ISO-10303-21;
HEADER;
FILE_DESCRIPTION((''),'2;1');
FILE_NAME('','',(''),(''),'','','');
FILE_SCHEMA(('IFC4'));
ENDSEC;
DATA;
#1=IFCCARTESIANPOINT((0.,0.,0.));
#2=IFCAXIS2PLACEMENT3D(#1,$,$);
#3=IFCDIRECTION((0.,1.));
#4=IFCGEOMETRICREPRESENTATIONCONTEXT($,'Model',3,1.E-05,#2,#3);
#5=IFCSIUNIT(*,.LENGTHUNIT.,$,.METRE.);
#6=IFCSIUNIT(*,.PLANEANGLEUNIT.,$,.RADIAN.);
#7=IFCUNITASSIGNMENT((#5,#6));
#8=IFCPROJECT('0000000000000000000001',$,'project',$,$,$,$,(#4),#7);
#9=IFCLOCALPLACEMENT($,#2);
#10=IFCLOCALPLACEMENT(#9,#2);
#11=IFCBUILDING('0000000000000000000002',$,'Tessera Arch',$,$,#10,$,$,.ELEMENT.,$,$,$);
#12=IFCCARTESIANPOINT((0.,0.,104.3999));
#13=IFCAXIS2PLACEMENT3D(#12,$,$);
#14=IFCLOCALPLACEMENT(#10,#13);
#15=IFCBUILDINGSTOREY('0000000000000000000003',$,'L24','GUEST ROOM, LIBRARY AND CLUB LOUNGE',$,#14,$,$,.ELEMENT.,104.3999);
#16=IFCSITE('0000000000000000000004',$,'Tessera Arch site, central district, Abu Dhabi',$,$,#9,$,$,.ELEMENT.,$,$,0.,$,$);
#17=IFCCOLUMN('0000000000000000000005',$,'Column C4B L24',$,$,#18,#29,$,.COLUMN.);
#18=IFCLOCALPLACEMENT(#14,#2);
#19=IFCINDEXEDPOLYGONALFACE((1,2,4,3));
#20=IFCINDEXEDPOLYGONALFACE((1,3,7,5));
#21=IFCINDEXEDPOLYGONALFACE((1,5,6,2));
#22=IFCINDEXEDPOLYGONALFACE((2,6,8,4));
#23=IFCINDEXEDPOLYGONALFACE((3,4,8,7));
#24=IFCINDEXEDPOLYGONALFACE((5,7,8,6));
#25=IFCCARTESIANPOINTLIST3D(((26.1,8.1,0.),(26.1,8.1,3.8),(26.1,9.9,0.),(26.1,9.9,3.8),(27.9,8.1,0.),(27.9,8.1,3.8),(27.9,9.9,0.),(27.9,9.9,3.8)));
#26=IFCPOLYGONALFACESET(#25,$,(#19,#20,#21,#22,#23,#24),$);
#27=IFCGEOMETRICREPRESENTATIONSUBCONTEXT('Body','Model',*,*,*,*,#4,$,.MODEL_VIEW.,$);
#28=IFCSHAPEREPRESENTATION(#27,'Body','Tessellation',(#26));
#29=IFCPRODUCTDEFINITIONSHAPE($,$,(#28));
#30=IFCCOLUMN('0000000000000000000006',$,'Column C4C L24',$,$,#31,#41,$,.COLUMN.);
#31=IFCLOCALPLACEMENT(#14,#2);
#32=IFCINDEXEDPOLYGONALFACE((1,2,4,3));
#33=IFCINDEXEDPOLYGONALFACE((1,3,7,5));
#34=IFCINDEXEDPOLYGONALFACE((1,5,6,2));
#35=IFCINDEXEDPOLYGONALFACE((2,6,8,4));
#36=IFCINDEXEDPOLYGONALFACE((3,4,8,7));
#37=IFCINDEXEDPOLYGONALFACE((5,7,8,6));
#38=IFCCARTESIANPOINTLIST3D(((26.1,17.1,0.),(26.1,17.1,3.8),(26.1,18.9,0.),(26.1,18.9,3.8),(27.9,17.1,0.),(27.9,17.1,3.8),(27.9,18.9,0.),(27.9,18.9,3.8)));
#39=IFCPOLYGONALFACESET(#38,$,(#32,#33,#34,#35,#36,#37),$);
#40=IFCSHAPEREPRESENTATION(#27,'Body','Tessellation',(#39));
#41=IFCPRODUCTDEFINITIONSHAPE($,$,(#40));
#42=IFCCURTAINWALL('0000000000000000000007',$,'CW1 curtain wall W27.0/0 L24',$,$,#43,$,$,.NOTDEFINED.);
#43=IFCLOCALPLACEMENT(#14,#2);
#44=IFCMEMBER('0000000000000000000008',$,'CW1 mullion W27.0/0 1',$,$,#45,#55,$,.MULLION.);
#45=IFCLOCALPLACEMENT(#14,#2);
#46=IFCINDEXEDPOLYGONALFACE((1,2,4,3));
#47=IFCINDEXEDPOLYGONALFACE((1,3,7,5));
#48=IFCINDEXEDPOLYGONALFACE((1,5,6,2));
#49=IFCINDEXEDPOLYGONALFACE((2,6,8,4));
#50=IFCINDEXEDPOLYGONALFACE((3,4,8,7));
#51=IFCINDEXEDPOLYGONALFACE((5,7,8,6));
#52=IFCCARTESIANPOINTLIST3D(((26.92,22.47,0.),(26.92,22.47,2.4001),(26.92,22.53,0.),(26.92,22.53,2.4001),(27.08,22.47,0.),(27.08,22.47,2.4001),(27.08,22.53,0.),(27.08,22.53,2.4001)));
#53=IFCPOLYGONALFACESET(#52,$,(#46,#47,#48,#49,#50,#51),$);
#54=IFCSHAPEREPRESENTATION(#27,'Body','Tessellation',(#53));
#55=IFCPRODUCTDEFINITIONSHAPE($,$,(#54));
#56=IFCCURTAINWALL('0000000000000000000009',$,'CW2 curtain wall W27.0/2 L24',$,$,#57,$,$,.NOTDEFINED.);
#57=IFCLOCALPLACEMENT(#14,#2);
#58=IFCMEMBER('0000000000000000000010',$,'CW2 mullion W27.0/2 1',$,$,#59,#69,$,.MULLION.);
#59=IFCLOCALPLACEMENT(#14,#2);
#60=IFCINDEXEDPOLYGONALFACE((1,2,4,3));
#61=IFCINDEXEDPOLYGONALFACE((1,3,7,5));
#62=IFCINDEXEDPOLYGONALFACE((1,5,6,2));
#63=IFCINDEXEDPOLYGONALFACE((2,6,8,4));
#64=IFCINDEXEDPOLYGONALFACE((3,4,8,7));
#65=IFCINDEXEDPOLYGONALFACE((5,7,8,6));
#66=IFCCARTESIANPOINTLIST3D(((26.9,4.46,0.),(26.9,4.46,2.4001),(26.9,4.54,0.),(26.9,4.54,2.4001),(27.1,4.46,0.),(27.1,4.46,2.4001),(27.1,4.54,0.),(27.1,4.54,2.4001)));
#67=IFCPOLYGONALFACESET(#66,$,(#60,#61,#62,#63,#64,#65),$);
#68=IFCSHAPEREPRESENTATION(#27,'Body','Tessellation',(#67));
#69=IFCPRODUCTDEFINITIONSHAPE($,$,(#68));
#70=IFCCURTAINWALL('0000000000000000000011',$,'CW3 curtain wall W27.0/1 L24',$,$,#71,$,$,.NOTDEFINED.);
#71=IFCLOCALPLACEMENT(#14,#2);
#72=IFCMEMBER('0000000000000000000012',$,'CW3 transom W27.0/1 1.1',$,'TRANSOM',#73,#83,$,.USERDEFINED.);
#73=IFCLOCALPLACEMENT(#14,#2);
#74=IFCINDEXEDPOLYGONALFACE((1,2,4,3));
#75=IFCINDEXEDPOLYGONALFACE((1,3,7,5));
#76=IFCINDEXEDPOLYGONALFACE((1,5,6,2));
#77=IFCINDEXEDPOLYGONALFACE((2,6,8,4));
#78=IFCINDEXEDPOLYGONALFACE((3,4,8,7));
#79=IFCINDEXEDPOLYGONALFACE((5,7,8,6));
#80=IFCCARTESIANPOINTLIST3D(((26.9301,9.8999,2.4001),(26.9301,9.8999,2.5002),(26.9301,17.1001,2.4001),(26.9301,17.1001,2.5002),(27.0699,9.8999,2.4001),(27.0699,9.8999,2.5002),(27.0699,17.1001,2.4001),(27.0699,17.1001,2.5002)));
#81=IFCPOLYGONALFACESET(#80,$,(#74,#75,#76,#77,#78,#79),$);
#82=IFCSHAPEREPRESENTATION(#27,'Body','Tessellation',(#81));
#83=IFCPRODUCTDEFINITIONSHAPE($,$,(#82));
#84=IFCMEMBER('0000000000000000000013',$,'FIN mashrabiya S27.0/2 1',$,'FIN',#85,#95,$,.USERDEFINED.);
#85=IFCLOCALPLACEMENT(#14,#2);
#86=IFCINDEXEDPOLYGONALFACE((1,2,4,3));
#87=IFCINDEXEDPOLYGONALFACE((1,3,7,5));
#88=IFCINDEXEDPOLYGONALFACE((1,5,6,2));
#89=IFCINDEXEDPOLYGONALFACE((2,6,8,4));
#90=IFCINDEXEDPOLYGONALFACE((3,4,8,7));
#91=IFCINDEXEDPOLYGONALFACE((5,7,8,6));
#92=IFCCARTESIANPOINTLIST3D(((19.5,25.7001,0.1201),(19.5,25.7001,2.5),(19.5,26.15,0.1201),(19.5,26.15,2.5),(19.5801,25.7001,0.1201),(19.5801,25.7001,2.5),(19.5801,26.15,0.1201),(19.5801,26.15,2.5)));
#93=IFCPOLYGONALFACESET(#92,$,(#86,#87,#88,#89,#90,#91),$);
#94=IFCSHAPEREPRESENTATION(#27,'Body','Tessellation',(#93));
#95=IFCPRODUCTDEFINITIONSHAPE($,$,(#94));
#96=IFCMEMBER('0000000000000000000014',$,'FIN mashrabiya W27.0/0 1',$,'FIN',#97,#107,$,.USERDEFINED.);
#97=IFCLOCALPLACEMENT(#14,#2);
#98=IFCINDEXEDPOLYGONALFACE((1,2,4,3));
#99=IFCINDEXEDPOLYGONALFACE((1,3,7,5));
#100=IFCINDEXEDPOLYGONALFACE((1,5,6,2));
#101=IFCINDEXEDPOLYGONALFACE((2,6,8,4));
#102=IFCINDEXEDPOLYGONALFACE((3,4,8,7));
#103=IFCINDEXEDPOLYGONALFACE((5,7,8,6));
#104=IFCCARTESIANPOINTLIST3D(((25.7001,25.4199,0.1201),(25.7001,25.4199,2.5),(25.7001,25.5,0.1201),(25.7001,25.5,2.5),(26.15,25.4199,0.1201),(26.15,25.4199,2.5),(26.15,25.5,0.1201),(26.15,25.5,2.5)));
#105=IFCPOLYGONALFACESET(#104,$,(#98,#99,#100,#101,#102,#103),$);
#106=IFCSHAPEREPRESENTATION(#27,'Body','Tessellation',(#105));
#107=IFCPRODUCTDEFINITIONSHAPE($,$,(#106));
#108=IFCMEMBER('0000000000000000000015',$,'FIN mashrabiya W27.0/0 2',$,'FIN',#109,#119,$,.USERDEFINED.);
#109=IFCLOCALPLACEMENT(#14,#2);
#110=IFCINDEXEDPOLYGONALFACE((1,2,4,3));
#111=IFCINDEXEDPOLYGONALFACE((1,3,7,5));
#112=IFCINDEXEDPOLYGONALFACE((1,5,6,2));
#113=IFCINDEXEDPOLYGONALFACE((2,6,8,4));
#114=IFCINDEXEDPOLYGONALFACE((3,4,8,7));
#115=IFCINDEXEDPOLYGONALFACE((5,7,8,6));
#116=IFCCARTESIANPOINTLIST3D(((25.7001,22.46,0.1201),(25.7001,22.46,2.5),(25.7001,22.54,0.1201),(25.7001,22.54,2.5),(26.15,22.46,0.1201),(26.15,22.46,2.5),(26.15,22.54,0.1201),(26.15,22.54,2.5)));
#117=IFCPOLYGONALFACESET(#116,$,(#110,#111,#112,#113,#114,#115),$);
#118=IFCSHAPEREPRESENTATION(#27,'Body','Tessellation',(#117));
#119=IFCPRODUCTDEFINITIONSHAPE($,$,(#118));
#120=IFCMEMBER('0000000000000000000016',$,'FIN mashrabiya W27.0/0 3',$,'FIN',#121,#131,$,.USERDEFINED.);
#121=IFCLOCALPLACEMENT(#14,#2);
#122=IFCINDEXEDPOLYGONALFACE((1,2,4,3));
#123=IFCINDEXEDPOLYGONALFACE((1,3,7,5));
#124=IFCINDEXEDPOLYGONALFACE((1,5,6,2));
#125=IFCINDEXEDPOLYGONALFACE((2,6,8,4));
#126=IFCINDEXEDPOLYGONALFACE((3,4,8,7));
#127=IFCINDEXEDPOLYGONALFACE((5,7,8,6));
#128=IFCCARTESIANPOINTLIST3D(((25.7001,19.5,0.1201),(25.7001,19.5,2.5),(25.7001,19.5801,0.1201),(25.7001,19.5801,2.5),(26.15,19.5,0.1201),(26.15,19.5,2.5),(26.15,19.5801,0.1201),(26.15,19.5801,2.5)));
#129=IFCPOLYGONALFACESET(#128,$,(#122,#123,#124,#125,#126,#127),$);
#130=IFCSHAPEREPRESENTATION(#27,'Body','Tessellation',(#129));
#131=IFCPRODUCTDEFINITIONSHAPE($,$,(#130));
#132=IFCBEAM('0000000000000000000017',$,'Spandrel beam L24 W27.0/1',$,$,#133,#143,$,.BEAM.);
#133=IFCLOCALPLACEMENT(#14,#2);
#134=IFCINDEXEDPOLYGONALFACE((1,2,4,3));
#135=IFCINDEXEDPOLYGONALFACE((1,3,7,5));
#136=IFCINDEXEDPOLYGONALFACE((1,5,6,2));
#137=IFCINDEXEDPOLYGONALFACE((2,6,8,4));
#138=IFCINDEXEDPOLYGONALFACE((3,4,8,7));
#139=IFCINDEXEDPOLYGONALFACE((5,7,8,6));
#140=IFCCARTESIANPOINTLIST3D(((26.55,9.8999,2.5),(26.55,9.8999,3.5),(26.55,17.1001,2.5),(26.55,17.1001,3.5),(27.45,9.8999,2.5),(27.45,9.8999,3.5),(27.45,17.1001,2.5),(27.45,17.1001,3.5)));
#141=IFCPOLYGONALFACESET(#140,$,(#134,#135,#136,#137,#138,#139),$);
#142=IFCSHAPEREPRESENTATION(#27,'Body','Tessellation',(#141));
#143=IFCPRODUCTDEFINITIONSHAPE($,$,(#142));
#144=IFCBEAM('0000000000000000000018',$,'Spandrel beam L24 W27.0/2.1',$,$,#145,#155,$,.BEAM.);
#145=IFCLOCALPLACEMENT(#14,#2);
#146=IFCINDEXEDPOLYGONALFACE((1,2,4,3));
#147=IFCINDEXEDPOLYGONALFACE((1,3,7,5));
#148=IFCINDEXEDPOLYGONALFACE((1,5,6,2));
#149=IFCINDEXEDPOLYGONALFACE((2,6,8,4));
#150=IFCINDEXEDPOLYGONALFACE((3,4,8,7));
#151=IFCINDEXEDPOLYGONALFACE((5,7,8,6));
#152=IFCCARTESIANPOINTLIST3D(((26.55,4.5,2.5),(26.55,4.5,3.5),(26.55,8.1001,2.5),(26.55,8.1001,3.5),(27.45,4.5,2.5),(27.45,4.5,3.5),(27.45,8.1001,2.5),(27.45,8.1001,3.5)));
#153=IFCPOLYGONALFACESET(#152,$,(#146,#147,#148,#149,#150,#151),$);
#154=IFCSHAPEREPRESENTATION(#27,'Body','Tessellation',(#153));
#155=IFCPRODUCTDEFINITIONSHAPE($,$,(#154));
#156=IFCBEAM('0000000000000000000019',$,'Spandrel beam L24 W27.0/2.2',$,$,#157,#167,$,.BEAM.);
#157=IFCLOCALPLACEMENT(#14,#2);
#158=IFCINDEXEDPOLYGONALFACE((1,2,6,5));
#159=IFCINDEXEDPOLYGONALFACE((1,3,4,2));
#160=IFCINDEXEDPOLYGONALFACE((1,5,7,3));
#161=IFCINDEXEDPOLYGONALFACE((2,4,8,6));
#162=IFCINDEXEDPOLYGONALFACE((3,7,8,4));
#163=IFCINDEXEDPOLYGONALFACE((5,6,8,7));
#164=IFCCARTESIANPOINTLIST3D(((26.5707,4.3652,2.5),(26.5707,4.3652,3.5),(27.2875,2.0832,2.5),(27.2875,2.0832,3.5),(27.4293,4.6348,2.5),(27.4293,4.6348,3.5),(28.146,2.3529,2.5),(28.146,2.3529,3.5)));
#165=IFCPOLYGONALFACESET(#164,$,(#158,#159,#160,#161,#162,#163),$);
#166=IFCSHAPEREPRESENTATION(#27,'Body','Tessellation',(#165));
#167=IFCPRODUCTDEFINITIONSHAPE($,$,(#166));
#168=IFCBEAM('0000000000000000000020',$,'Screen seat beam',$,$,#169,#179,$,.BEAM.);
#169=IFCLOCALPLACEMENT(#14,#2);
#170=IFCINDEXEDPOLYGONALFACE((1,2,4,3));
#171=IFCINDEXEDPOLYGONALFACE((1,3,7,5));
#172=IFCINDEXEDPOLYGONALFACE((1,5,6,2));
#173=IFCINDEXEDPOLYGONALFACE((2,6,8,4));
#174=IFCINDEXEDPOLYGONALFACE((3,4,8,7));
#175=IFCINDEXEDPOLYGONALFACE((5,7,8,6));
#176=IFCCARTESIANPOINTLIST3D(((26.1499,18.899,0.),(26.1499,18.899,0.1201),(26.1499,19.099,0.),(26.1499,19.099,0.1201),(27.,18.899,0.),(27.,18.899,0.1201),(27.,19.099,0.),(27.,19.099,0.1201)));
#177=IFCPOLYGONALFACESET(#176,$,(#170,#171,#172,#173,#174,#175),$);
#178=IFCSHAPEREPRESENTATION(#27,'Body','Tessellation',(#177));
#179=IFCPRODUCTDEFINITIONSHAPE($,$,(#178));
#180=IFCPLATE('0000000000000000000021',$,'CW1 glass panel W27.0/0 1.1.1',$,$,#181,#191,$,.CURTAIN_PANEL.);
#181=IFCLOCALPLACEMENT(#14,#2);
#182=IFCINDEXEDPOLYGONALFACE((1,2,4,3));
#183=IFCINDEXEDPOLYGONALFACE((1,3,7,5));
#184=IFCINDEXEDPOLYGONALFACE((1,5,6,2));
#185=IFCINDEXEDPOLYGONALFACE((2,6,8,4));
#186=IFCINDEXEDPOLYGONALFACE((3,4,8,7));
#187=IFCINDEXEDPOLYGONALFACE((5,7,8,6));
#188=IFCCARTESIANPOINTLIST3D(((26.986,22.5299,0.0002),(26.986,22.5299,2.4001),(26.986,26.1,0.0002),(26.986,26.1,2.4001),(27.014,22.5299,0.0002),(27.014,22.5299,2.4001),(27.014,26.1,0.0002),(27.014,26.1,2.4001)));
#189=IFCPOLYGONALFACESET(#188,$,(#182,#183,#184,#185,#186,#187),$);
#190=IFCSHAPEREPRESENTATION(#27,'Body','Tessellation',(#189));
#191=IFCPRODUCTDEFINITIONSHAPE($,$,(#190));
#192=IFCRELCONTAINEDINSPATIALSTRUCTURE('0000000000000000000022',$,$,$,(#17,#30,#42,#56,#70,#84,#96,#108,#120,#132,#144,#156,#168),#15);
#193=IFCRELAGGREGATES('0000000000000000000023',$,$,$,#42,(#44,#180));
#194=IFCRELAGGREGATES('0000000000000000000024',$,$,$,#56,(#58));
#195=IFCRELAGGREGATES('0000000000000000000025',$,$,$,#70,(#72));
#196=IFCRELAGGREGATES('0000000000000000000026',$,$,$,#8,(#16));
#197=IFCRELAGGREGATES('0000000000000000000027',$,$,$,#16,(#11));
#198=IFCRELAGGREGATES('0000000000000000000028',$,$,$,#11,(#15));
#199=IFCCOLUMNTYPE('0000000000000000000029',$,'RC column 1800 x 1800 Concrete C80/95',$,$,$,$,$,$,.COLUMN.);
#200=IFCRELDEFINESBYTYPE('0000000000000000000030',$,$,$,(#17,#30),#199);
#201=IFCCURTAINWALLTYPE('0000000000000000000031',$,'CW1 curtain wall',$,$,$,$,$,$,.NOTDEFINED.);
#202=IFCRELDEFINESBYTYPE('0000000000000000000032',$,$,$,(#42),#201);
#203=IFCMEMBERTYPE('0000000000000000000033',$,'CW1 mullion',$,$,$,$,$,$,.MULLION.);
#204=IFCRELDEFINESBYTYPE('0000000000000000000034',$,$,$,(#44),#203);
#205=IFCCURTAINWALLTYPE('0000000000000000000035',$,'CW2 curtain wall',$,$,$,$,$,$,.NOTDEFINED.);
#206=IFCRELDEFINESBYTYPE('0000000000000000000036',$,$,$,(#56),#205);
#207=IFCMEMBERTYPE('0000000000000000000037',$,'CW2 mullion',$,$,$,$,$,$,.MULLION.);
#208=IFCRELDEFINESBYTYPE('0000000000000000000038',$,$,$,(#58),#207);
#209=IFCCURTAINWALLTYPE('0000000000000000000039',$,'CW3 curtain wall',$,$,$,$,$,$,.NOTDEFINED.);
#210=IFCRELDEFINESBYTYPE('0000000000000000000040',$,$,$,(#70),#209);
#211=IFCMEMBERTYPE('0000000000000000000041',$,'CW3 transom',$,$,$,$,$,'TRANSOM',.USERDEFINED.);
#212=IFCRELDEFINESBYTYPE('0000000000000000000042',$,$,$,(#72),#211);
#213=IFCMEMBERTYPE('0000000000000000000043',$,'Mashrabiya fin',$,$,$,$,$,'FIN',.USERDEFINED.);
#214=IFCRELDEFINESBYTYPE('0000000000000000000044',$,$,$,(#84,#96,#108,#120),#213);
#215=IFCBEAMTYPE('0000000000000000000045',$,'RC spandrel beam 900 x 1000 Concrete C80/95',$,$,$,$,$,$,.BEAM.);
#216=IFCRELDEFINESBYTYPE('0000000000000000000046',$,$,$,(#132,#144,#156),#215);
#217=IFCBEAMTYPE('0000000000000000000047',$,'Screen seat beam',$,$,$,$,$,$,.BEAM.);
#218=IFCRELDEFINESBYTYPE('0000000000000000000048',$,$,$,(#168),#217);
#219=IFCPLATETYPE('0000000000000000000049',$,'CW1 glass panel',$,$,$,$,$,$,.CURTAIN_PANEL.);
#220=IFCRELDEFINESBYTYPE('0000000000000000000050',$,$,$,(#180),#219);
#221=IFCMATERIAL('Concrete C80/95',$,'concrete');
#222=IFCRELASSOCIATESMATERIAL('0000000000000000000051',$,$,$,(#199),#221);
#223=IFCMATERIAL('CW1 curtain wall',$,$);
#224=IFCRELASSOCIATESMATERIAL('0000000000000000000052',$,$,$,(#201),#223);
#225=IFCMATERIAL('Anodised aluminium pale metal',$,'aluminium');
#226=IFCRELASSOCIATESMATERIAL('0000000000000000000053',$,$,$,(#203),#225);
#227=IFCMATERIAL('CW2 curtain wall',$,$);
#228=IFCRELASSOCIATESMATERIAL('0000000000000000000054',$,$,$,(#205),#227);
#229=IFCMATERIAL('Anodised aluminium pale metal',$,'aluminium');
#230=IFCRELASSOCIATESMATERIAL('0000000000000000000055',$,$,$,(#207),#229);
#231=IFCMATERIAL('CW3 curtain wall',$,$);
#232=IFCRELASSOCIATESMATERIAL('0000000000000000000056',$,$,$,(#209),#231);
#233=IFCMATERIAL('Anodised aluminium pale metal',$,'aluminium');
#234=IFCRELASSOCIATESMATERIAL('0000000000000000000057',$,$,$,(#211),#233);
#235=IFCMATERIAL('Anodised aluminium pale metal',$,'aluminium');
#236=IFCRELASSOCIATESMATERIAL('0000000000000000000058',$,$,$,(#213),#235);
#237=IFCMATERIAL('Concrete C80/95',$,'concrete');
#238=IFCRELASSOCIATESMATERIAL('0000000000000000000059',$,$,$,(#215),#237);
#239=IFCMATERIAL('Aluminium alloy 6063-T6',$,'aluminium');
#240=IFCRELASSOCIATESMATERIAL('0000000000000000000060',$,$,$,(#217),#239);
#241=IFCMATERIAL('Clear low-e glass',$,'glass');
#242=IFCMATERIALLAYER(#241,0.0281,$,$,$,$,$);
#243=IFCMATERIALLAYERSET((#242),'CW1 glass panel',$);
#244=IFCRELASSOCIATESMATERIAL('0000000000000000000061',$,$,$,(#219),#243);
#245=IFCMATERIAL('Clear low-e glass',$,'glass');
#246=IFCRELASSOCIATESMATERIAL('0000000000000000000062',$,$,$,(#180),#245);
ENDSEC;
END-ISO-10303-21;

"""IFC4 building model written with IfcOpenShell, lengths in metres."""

from ifc_helpers import new_model, si_unit, direction, frame, origin, origin_2d, place, context, subcontext, project, spatial, rectangle, extrude, material, layer, layer_set, material_profile, profile_set, type_object, element, aggregate, save


model = new_model("IFC4")

# Units and contexts
model_context = context("Model", 3, precision=1e-05, world=origin(), true_north=direction((0.0, 1.0)))
body_context = subcontext(model_context, "Body", "Model", "MODEL_VIEW")
ifc_project = project(units=[si_unit("LENGTHUNIT", "METRE"), si_unit("PLANEANGLEUNIT", "RADIAN")], contexts=[model_context])

# Site, building, storey
site_placement = place(None, origin())
site = spatial("IfcSite", under=ifc_project, at=site_placement, Name="Tessera Arch site, central district, Abu Dhabi", CompositionType="ELEMENT", RefElevation=0.0)
building_placement = place(site_placement, origin())
building = spatial("IfcBuilding", under=site, at=building_placement, Name="Tessera Arch", CompositionType="ELEMENT")
storey_placement = place(building_placement, frame((0.0, 0.0, 104.3999)))
storey = spatial("IfcBuildingStorey", under=building, at=storey_placement, Name="L24", Description="GUEST ROOM, LIBRARY AND CLUB LOUNGE", CompositionType="ELEMENT", Elevation=104.3999)

# Columns
ifc_material_1 = material(Name="Concrete C80/95", Category="concrete")
ifc_material_profile_1 = material_profile(ifc_material_1, rectangle(XDim=1.8, YDim=1.8, at=origin_2d()), Name="RC column 1800 x 1800 Concrete C80/95")
ifc_profile_set_1 = profile_set([ifc_material_profile_1], Name="Concrete C80/95")
column_type = type_object("IfcColumnType", Name="RC column 1800 x 1800 Concrete C80/95", PredefinedType="COLUMN", material=ifc_profile_set_1)
for number, where, z_axis, x_axis, name in (
    (1, (27.0, 9.0, 0.0), (0.0, 0.0, 1.0), (1.0, 0.0, 0.0), "Column C4B L24"),
    (2, (27.0, 18.0, 0.0), (0.0, 0.0, 1.0), (1.0, 0.0, 0.0), "Column C4C L24"),
):
    element("IfcColumn", number, at=place(storey_placement, frame(where, z_axis=z_axis, x_axis=x_axis)), inside=storey, type_object=column_type, Name=name, PredefinedType="COLUMN", context=body_context, shape_type="SweptSolid", body=[
        extrude(rectangle(XDim=1.8, YDim=1.8, at=origin_2d()), origin(), (0.0, 0.0, 1.0), 3.8),
    ])

# Curtain walls, members
ifc_material_2 = material(Name="CW1 curtain wall")
curtain_wall_type_1 = type_object("IfcCurtainWallType", Name="CW1 curtain wall", PredefinedType="NOTDEFINED", material=ifc_material_2)
curtain_wall_1_placement = place(storey_placement, origin())
curtain_wall_1 = element("IfcCurtainWall", 3, at=curtain_wall_1_placement, inside=storey, type_object=curtain_wall_type_1, Name="CW1 curtain wall W27.0/0 L24", PredefinedType="NOTDEFINED")
ifc_material_3 = material(Name="Anodised aluminium pale metal", Category="aluminium")
ifc_material_profile_2 = material_profile(ifc_material_3, rectangle(XDim=0.1599, YDim=0.0601, at=origin_2d()), Name="AL 60x160")
ifc_profile_set_2 = profile_set([ifc_material_profile_2], Name="Anodised aluminium pale metal")
member_type_1 = type_object("IfcMemberType", Name="CW1 mullion", PredefinedType="MULLION", material=ifc_profile_set_2)
member_1_placement = place(storey_placement, frame((27.0, 22.5, 0.0), z_axis=(0.0, 0.0, 1.0), x_axis=(1.0, 0.0, 0.0)))
member_1 = element("IfcMember", 4, at=member_1_placement, type_object=member_type_1, Name="CW1 mullion W27.0/0 1", PredefinedType="MULLION", context=body_context, shape_type="SweptSolid", body=[
    extrude(rectangle(XDim=0.1599, YDim=0.0601, at=origin_2d()), origin(), (0.0, 0.0, 1.0), 2.4001),
])
ifc_material_4 = material(Name="CW2 curtain wall")
curtain_wall_type_2 = type_object("IfcCurtainWallType", Name="CW2 curtain wall", PredefinedType="NOTDEFINED", material=ifc_material_4)
curtain_wall_2_placement = place(storey_placement, origin())
curtain_wall_2 = element("IfcCurtainWall", 5, at=curtain_wall_2_placement, inside=storey, type_object=curtain_wall_type_2, Name="CW2 curtain wall W27.0/2 L24", PredefinedType="NOTDEFINED")
ifc_material_5 = material(Name="Anodised aluminium pale metal", Category="aluminium")
ifc_material_profile_3 = material_profile(ifc_material_5, rectangle(XDim=0.2, YDim=0.0801, at=origin_2d()), Name="AL 80x200")
ifc_profile_set_3 = profile_set([ifc_material_profile_3], Name="Anodised aluminium pale metal")
member_type_2 = type_object("IfcMemberType", Name="CW2 mullion", PredefinedType="MULLION", material=ifc_profile_set_3)
member_2_placement = place(storey_placement, frame((27.0, 4.5, 0.0), z_axis=(0.0, 0.0, 1.0), x_axis=(1.0, 0.0, 0.0)))
member_2 = element("IfcMember", 6, at=member_2_placement, type_object=member_type_2, Name="CW2 mullion W27.0/2 1", PredefinedType="MULLION", context=body_context, shape_type="SweptSolid", body=[
    extrude(rectangle(XDim=0.2, YDim=0.0801, at=origin_2d()), origin(), (0.0, 0.0, 1.0), 2.4001),
])
ifc_material_6 = material(Name="CW3 curtain wall")
curtain_wall_type_3 = type_object("IfcCurtainWallType", Name="CW3 curtain wall", PredefinedType="NOTDEFINED", material=ifc_material_6)
curtain_wall_3_placement = place(storey_placement, origin())
curtain_wall_3 = element("IfcCurtainWall", 7, at=curtain_wall_3_placement, inside=storey, type_object=curtain_wall_type_3, Name="CW3 curtain wall W27.0/1 L24", PredefinedType="NOTDEFINED")
ifc_material_7 = material(Name="Anodised aluminium pale metal", Category="aluminium")
ifc_material_profile_4 = material_profile(ifc_material_7, rectangle(XDim=0.1399, YDim=0.1001, at=origin_2d()), Name="AL 140x100")
ifc_profile_set_4 = profile_set([ifc_material_profile_4], Name="Anodised aluminium pale metal")
member_type_3 = type_object("IfcMemberType", Name="CW3 transom", ElementType="TRANSOM", PredefinedType="USERDEFINED", material=ifc_profile_set_4)
member_3_placement = place(storey_placement, frame((27.0, 17.1001, 2.4502), z_axis=(0.0, -1.0, 0.0), x_axis=(1.0, 0.0, 0.0)))
member_3 = element("IfcMember", 8, at=member_3_placement, type_object=member_type_3, Name="CW3 transom W27.0/1 1.1", ObjectType="TRANSOM", PredefinedType="USERDEFINED", context=body_context, shape_type="SweptSolid", body=[
    extrude(rectangle(XDim=0.1399, YDim=0.1001, at=origin_2d()), origin(), (0.0, 0.0, 1.0), 7.2002),
])

# Members
ifc_material_8 = material(Name="Anodised aluminium pale metal", Category="aluminium")
ifc_material_profile_5 = material_profile(ifc_material_8, rectangle(XDim=0.45, YDim=0.0801, at=origin_2d()), Name="AL 80x450")
ifc_profile_set_5 = profile_set([ifc_material_profile_5], Name="Anodised aluminium pale metal")
member_type_4 = type_object("IfcMemberType", Name="Mashrabiya fin", ElementType="FIN", PredefinedType="USERDEFINED", material=ifc_profile_set_5)
for number, where, z_axis, x_axis, name in (
    (9, (19.54, 25.925, 0.1201), (0.0, 0.0, 1.0), (0.0, -1.0, 0.0), "FIN mashrabiya S27.0/2 1"),
    (10, (25.925, 25.46, 0.1201), (0.0, 0.0, 1.0), (-1.0, 0.0, 0.0), "FIN mashrabiya W27.0/0 1"),
    (11, (25.925, 22.5, 0.1201), (0.0, 0.0, 1.0), (-1.0, 0.0, 0.0), "FIN mashrabiya W27.0/0 2"),
    (12, (25.925, 19.54, 0.1201), (0.0, 0.0, 1.0), (-1.0, 0.0, 0.0), "FIN mashrabiya W27.0/0 3"),
):
    element("IfcMember", number, at=place(storey_placement, frame(where, z_axis=z_axis, x_axis=x_axis)), inside=storey, type_object=member_type_4, Name=name, ObjectType="FIN", PredefinedType="USERDEFINED", context=body_context, shape_type="SweptSolid", body=[
        extrude(rectangle(XDim=0.45, YDim=0.0801, at=origin_2d()), origin(), (0.0, 0.0, 1.0), 2.3799),
    ])

# Beams
ifc_material_9 = material(Name="Concrete C80/95", Category="concrete")
ifc_material_profile_6 = material_profile(ifc_material_9, rectangle(XDim=0.8999, YDim=1.0, at=origin_2d()), Name="RC spandrel beam 900 x 1000 Concrete C80/95")
ifc_profile_set_6 = profile_set([ifc_material_profile_6], Name="Concrete C80/95")
beam_type_1 = type_object("IfcBeamType", Name="RC spandrel beam 900 x 1000 Concrete C80/95", PredefinedType="BEAM", material=ifc_profile_set_6)
beam_1_placement = place(storey_placement, frame((27.0, 17.1001, 3.0), z_axis=(0.0, -1.0, 0.0), x_axis=(1.0, 0.0, 0.0)))
element("IfcBeam", 13, at=beam_1_placement, inside=storey, type_object=beam_type_1, Name="Spandrel beam L24 W27.0/1", PredefinedType="BEAM", context=body_context, shape_type="SweptSolid", body=[
    extrude(rectangle(XDim=0.8999, YDim=1.0, at=origin_2d()), origin(), (0.0, 0.0, 1.0), 7.2002),
])
beam_2_placement = place(storey_placement, frame((27.0, 8.1001, 3.0), z_axis=(0.0, -1.0, 0.0), x_axis=(1.0, 0.0, 0.0)))
element("IfcBeam", 14, at=beam_2_placement, inside=storey, type_object=beam_type_1, Name="Spandrel beam L24 W27.0/2.1", PredefinedType="BEAM", context=body_context, shape_type="SweptSolid", body=[
    extrude(rectangle(XDim=0.8999, YDim=1.0, at=origin_2d()), origin(), (0.0, 0.0, 1.0), 3.6001),
])
beam_3_placement = place(storey_placement, frame((27.0, 4.5, 3.0), z_axis=(0.299675, -0.954041, 0.0), x_axis=(0.954041, 0.299675, 0.0)))
element("IfcBeam", 15, at=beam_3_placement, inside=storey, type_object=beam_type_1, Name="Spandrel beam L24 W27.0/2.2", PredefinedType="BEAM", context=body_context, shape_type="SweptSolid", body=[
    extrude(rectangle(XDim=0.8999, YDim=1.0, at=origin_2d()), origin(), (0.0, 0.0, 1.0), 2.3918),
])
ifc_material_10 = material(Name="Aluminium alloy 6063-T6", Category="aluminium")
ifc_material_profile_7 = material_profile(ifc_material_10, rectangle(XDim=0.2, YDim=0.1201, at=origin_2d()), Name="AL 200x120")
ifc_profile_set_7 = profile_set([ifc_material_profile_7], Name="Aluminium alloy 6063-T6")
beam_type_2 = type_object("IfcBeamType", Name="Screen seat beam", PredefinedType="BEAM", material=ifc_profile_set_7)
beam_4_placement = place(storey_placement, frame((27.0, 18.999, 0.0601), z_axis=(-1.0, 0.0, 0.0), x_axis=(0.0, -1.0, 0.0)))
element("IfcBeam", 16, at=beam_4_placement, inside=storey, type_object=beam_type_2, Name="Screen seat beam", PredefinedType="BEAM", context=body_context, shape_type="SweptSolid", body=[
    extrude(rectangle(XDim=0.2, YDim=0.1201, at=origin_2d()), origin(), (0.0, 0.0, 1.0), 0.8501),
])

# Plate
ifc_material_11 = material(Name="Clear low-e glass", Category="glass")
ifc_material_12 = material(Name="Clear low-e glass", Category="glass")
ifc_layer_1 = layer(ifc_material_12, 0.0281)
ifc_layer_set_1 = layer_set([ifc_layer_1], Name="CW1 glass panel")
plate_type_1 = type_object("IfcPlateType", Name="CW1 glass panel", PredefinedType="CURTAIN_PANEL", material=ifc_layer_set_1)
plate_1_placement = place(storey_placement, frame((27.0, 24.3149, 0.0002), z_axis=(0.0, 0.0, 1.0), x_axis=(0.0, -1.0, 0.0)))
plate_1 = element("IfcPlate", 17, at=plate_1_placement, type_object=plate_type_1, material=ifc_material_11, Name="CW1 glass panel W27.0/0 1.1.1", PredefinedType="CURTAIN_PANEL", context=body_context, shape_type="SweptSolid", body=[
    extrude(rectangle(XDim=3.5701, YDim=0.0281, at=origin_2d()), origin(), (0.0, 0.0, 1.0), 2.3999),
])
aggregate(curtain_wall_1, [member_1, plate_1])
aggregate(curtain_wall_2, [member_2])
aggregate(curtain_wall_3, [member_3])

save(model, "model.ifc")
